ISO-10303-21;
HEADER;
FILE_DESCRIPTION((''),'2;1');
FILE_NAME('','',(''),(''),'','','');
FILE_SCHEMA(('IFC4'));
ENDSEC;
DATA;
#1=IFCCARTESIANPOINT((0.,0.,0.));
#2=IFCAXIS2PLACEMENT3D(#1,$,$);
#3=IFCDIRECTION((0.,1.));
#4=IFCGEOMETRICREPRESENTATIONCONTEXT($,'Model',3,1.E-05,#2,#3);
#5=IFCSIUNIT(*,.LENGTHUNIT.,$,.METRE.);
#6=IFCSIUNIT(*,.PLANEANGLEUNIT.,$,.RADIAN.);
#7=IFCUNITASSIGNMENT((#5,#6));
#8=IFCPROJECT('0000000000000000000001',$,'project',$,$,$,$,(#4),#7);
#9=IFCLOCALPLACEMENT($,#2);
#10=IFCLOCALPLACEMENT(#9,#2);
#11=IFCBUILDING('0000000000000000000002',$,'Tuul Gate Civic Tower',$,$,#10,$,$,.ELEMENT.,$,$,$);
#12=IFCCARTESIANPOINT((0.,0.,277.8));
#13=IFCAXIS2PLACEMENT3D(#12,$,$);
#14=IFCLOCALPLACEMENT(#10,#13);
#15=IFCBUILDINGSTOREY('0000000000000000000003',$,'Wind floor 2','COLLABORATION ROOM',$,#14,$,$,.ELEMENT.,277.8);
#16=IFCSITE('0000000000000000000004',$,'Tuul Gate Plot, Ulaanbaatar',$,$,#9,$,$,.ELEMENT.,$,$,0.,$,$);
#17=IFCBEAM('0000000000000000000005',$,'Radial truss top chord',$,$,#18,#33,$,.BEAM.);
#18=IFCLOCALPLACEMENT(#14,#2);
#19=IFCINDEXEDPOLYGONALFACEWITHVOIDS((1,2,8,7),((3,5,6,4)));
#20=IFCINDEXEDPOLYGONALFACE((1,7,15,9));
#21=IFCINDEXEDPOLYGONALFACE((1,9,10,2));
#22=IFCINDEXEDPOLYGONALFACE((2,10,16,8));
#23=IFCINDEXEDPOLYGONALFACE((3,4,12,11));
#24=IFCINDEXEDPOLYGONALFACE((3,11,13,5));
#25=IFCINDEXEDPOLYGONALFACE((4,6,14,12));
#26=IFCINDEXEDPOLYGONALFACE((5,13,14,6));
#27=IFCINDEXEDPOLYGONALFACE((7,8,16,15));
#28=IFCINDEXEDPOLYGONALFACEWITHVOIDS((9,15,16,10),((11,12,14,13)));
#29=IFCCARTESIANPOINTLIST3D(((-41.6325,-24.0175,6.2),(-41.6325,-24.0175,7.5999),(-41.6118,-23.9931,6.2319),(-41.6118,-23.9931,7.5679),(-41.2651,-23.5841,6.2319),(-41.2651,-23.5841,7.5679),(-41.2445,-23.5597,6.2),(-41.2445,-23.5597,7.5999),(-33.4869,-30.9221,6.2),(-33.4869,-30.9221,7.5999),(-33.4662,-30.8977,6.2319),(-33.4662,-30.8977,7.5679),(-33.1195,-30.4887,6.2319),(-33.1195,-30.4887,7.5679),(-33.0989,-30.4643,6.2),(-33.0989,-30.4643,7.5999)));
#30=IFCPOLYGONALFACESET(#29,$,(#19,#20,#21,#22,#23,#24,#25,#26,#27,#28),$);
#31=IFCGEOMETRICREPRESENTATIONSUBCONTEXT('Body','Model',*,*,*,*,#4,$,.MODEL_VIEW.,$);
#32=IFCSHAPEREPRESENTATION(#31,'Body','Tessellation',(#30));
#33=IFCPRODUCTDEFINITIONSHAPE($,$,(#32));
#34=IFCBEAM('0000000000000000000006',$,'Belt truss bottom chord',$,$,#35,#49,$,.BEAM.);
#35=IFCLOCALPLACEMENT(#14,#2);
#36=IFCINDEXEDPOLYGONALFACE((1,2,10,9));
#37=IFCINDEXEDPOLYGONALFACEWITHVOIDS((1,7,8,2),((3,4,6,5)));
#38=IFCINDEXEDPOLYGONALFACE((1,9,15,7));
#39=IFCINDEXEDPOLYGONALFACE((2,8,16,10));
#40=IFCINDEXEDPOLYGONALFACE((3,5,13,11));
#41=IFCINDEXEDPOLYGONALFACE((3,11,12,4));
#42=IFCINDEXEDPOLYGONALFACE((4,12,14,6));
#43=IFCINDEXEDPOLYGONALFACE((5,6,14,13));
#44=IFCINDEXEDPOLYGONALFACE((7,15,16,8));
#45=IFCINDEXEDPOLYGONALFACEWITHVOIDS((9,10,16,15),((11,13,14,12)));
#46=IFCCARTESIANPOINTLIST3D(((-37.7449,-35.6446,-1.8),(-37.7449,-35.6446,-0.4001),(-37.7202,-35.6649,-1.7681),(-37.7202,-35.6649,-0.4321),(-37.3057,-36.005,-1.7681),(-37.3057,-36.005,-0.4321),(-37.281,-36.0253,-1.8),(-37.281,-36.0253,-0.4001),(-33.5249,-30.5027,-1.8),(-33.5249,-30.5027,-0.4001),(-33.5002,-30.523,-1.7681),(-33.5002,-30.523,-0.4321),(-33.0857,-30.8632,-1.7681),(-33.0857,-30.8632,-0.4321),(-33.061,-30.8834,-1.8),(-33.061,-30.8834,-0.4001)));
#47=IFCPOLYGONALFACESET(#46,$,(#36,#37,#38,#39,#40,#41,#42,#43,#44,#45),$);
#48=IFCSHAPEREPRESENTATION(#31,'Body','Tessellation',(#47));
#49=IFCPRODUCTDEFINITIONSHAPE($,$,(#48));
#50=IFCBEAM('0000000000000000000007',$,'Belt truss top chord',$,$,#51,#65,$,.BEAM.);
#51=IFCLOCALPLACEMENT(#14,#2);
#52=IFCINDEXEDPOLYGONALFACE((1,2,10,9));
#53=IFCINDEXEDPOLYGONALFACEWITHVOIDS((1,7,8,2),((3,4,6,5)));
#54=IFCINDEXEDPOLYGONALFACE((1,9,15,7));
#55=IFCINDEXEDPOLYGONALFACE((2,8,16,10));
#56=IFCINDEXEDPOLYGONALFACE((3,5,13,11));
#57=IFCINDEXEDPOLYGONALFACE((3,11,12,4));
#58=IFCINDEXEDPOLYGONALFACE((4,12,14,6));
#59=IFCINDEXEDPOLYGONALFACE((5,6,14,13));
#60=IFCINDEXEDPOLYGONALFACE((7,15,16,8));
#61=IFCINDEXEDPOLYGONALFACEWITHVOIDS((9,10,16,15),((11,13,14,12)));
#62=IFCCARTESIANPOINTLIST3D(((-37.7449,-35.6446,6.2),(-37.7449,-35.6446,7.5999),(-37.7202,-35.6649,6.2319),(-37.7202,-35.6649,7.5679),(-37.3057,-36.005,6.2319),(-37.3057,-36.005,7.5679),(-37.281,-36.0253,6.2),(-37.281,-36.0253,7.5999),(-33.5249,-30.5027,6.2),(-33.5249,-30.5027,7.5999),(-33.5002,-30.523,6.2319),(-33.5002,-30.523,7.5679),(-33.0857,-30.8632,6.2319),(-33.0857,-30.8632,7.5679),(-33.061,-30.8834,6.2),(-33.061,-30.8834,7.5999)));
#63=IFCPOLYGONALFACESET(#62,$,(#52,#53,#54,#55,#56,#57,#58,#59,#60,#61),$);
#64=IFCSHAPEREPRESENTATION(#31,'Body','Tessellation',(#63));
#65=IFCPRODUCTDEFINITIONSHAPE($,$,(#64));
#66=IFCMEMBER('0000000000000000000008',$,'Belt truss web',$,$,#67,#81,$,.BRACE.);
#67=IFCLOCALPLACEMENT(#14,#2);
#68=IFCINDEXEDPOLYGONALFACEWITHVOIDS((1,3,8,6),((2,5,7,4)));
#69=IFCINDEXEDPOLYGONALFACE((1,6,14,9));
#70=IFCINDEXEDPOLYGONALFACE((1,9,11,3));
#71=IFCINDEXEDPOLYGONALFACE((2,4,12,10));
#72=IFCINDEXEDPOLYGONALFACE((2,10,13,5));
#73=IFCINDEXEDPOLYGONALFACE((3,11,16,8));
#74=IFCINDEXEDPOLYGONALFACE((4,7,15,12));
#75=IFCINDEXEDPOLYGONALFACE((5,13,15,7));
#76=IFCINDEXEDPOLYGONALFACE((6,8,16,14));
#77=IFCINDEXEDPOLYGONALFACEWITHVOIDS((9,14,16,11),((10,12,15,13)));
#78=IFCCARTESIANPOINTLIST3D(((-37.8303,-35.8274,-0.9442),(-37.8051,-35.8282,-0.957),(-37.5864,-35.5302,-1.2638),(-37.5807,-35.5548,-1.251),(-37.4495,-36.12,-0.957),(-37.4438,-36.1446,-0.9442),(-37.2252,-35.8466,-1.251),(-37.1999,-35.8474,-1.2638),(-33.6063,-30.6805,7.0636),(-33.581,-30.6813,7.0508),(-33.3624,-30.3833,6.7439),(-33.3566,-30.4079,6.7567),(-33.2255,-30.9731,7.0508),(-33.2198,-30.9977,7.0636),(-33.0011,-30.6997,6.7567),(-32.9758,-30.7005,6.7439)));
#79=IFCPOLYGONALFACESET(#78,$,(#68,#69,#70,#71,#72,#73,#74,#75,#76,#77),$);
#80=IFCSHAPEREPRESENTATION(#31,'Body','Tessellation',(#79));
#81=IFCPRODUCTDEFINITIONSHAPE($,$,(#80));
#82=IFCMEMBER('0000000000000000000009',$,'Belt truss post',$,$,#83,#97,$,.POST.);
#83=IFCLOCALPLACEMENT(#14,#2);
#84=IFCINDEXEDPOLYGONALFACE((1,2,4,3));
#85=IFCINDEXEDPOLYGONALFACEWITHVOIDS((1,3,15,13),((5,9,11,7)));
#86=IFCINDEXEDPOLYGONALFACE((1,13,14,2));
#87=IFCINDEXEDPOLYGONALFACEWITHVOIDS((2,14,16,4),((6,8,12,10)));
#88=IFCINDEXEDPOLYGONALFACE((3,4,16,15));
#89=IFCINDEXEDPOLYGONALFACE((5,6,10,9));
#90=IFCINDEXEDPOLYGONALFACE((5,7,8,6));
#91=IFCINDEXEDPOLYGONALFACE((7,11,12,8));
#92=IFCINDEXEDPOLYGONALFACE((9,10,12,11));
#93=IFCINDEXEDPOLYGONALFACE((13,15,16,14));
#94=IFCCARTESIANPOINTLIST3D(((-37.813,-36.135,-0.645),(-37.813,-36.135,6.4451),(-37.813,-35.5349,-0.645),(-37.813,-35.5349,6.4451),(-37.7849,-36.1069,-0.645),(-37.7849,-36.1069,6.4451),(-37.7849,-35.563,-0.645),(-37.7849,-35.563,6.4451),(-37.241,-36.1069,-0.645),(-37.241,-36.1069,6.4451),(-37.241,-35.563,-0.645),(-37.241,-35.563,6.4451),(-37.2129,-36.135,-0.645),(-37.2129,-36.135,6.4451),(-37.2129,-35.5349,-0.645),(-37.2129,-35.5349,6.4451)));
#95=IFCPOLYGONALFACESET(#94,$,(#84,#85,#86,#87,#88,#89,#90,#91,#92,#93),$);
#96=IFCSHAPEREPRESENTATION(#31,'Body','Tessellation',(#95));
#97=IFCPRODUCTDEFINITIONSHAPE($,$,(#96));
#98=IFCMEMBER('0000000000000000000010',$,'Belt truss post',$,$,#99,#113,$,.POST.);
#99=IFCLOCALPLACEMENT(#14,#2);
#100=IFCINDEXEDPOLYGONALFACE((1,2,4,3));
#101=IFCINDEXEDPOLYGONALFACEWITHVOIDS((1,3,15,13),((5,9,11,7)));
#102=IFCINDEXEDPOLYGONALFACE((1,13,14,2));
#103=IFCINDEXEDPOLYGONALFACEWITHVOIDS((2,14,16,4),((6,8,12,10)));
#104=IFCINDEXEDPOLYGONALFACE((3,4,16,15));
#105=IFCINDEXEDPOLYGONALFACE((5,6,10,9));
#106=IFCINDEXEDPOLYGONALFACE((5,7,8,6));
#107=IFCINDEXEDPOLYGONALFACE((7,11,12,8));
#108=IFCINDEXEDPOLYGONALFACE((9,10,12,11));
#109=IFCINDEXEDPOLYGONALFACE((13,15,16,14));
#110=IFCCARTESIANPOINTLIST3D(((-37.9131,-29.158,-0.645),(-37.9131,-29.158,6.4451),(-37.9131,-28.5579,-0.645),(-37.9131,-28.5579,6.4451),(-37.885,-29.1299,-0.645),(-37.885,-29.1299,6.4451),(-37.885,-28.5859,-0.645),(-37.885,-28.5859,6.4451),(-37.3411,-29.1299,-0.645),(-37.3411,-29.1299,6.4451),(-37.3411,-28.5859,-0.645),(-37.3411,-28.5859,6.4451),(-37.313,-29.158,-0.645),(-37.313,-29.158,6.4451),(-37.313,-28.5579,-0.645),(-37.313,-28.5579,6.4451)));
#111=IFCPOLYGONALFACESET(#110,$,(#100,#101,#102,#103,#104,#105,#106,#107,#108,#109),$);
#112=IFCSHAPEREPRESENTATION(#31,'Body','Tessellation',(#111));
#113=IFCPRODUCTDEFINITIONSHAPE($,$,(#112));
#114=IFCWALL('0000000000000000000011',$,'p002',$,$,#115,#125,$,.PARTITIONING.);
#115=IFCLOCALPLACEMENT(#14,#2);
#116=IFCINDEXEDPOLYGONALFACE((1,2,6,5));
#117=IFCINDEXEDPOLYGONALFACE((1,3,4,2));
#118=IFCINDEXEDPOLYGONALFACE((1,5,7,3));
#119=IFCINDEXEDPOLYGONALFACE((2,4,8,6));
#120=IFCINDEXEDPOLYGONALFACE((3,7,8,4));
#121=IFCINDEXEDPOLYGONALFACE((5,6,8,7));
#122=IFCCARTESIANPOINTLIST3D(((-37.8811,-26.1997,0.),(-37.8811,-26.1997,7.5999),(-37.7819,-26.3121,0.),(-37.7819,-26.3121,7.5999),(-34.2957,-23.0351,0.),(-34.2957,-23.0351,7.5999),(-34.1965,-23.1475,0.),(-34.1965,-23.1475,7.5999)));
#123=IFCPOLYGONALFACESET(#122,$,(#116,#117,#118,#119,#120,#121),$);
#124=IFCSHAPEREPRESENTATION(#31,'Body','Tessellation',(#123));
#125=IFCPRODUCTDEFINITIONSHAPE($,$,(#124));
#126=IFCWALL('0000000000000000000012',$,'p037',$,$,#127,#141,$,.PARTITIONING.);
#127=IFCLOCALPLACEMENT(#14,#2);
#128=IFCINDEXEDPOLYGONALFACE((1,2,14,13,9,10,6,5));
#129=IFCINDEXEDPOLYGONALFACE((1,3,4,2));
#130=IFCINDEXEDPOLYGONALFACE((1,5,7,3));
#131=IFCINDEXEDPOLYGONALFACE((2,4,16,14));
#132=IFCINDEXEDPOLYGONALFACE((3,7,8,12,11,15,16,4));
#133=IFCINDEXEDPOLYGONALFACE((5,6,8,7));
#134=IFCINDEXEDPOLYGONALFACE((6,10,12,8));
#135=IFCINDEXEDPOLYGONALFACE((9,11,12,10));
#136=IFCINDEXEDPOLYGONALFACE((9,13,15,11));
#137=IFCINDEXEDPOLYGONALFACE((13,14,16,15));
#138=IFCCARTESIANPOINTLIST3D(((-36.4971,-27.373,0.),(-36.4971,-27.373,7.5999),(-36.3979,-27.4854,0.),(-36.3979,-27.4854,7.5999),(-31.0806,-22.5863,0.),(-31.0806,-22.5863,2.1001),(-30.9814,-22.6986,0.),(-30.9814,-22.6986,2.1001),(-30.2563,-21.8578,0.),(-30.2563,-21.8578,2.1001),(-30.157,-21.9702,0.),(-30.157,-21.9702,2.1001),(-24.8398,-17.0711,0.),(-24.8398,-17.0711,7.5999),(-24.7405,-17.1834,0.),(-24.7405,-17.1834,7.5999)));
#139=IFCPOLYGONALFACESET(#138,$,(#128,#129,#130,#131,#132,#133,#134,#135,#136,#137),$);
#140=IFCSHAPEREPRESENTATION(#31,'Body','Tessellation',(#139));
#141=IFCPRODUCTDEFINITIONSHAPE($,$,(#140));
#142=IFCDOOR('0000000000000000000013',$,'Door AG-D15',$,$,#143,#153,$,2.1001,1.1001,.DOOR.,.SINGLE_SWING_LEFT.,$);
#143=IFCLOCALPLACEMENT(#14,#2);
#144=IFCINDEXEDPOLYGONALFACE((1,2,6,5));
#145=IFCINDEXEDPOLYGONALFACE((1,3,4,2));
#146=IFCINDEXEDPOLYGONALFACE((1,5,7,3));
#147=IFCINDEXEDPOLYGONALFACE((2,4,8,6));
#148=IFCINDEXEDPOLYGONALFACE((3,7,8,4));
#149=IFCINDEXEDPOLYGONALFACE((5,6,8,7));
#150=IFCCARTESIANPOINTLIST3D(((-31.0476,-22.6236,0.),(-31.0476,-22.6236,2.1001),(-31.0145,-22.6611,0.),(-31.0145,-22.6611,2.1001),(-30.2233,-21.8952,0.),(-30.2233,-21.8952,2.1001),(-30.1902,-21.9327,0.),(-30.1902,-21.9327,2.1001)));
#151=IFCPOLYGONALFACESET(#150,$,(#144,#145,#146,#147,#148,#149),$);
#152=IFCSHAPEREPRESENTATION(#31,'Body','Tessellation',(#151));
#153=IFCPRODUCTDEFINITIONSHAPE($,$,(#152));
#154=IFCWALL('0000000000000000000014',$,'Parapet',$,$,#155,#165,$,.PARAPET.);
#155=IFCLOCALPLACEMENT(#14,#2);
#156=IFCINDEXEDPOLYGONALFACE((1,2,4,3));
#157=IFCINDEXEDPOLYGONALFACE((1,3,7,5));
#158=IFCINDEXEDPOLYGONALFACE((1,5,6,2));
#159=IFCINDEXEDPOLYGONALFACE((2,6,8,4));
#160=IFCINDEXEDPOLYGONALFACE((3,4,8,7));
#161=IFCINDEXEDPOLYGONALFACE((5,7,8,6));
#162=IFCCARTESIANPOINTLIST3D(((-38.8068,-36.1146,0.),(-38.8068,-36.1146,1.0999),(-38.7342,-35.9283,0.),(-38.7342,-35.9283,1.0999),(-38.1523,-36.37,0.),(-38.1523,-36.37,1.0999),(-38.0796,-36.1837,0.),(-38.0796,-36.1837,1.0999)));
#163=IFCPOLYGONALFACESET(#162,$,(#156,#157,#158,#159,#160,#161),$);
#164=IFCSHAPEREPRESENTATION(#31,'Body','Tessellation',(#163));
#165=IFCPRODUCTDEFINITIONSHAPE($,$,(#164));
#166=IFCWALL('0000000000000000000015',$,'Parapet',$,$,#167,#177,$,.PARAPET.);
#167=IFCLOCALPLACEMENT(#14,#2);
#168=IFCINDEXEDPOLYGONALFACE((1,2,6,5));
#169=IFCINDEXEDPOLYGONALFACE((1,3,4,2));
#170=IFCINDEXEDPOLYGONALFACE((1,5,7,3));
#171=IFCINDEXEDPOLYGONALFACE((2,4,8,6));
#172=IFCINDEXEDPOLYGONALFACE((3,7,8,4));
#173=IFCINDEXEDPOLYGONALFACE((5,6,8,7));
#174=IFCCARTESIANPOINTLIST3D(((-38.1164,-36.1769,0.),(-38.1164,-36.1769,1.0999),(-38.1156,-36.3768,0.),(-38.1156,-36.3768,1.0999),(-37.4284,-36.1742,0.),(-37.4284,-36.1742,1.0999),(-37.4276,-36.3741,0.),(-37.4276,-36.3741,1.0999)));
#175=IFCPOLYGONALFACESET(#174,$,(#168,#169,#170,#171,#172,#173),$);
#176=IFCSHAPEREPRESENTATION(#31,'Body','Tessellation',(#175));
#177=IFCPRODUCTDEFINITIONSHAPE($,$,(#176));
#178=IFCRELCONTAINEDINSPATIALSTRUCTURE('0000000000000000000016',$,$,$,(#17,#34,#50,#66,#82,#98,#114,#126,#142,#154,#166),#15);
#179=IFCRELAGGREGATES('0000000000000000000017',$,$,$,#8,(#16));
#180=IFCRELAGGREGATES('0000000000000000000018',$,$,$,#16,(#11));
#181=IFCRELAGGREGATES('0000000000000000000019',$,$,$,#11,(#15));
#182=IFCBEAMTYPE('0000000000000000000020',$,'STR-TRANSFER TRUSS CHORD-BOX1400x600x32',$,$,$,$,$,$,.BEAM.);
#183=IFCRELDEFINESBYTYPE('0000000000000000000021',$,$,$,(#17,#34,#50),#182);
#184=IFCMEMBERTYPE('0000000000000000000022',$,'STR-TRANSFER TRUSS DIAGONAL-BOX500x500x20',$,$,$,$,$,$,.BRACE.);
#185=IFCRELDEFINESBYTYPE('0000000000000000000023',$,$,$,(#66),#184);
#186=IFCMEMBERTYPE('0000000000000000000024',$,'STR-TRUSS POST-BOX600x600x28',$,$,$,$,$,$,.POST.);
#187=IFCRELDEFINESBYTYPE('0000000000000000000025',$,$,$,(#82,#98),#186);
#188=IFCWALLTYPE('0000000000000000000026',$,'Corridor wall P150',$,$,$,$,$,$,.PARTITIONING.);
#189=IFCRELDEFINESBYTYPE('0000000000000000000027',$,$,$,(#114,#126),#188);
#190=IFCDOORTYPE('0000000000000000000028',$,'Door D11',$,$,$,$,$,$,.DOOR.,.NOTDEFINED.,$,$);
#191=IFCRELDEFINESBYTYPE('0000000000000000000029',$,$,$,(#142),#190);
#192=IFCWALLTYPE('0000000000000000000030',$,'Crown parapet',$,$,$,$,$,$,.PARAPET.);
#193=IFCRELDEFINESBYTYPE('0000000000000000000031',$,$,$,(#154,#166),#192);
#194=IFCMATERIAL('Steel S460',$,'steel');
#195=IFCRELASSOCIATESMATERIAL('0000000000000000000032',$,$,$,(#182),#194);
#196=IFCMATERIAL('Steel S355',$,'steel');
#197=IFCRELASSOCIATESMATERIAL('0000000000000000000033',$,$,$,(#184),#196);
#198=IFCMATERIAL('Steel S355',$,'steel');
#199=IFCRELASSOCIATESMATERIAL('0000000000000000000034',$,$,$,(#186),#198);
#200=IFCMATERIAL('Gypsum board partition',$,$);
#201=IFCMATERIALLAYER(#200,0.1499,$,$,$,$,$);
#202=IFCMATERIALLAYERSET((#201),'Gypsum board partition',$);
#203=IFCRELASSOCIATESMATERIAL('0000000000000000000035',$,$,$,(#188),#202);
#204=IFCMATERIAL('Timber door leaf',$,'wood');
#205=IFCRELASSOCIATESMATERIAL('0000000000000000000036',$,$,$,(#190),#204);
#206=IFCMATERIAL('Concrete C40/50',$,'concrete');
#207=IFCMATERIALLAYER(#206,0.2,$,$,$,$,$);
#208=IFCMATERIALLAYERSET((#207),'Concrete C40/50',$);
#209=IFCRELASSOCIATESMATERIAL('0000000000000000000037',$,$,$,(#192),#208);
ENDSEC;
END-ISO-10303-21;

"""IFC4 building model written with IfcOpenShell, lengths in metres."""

from ifc_helpers import new_model, si_unit, direction, frame, frame_2d, origin, origin_2d, place, context, subcontext, project, spatial, rectangle, hollow_rectangle, extrude, material, layer, layer_set, material_profile, profile_set, type_object, element, fill, save


model = new_model("IFC4")

# Units and contexts
model_context = context("Model", 3, precision=1e-05, world=origin(), true_north=direction((0.0, 1.0)))
body_context = subcontext(model_context, "Body", "Model", "MODEL_VIEW")
ifc_project = project(units=[si_unit("LENGTHUNIT", "METRE"), si_unit("PLANEANGLEUNIT", "RADIAN")], contexts=[model_context])

# Site, building, storey
site_placement = place(None, origin())
site = spatial("IfcSite", under=ifc_project, at=site_placement, Name="Tuul Gate Plot, Ulaanbaatar", CompositionType="ELEMENT", RefElevation=0.0)
building_placement = place(site_placement, origin())
building = spatial("IfcBuilding", under=site, at=building_placement, Name="Tuul Gate Civic Tower", CompositionType="ELEMENT")
storey_placement = place(building_placement, frame((0.0, 0.0, 277.8)))
storey = spatial("IfcBuildingStorey", under=building, at=storey_placement, Name="Wind floor 2", Description="COLLABORATION ROOM", CompositionType="ELEMENT", Elevation=277.8)

# Beams
ifc_material_1 = material(Name="Steel S460", Category="steel")
ifc_material_profile_1 = material_profile(ifc_material_1, hollow_rectangle(XDim=0.6001, YDim=1.3999, WallThickness=0.032, at=origin_2d()), Name="BOX1400x600x32")
ifc_profile_set_1 = profile_set([ifc_material_profile_1], Name="Steel S460")
beam_type = type_object("IfcBeamType", Name="STR-TRANSFER TRUSS CHORD-BOX1400x600x32", PredefinedType="BEAM", material=ifc_profile_set_1)
beam_placement = place(storey_placement, frame((-41.4385, -23.7886, 6.8999), z_axis=(0.762823, -0.646607, 0.0), x_axis=(0.646607, 0.762823, 0.0)))
element("IfcBeam", 1, at=beam_placement, inside=storey, type_object=beam_type, Name="Radial truss top chord", PredefinedType="BEAM", context=body_context, shape_type="SweptSolid", body=[
    extrude(hollow_rectangle(XDim=0.6001, YDim=1.3999, WallThickness=0.032, at=origin_2d()), origin(), (0.0, 0.0, 1.0), 10.6782),
])
for number, where, z_axis, x_axis, name in (
    (2, (-37.5129, -35.835, -1.1001), (0.634408, 0.772998, 0.0), (-0.772998, 0.634408, 0.0), "Belt truss bottom chord"),
    (3, (-37.5129, -35.835, 6.8999), (0.634408, 0.772998, 0.0), (-0.772998, 0.634408, 0.0), "Belt truss top chord"),
):
    element("IfcBeam", number, at=place(storey_placement, frame(where, z_axis=z_axis, x_axis=x_axis)), inside=storey, type_object=beam_type, Name=name, PredefinedType="BEAM", context=body_context, shape_type="SweptSolid", body=[
        extrude(hollow_rectangle(XDim=0.6001, YDim=1.3999, WallThickness=0.032, at=origin_2d()), origin(), (0.0, 0.0, 1.0), 6.6519),
    ])

# Members
ifc_material_2 = material(Name="Steel S355", Category="steel")
ifc_material_profile_2 = material_profile(ifc_material_2, hollow_rectangle(XDim=0.5, YDim=0.5, WallThickness=0.02, at=origin_2d()), Name="BOX500x500x20")
ifc_profile_set_2 = profile_set([ifc_material_profile_2], Name="Steel S355")
member_type_1 = type_object("IfcMemberType", Name="STR-TRANSFER TRUSS DIAGONAL-BOX500x500x20", PredefinedType="BRACE", material=ifc_profile_set_2)
member_placement = place(storey_placement, frame((-37.5151, -35.8374, -1.104), z_axis=(0.405604, 0.494217, 0.768918), x_axis=(-0.773002, 0.634403, 0.0)))
element("IfcMember", 4, at=member_placement, inside=storey, type_object=member_type_1, Name="Belt truss web", PredefinedType="BRACE", context=body_context, shape_type="SweptSolid", body=[
    extrude(hollow_rectangle(XDim=0.5, YDim=0.5, WallThickness=0.02, at=origin_2d()), origin(), (0.0, 0.0, 1.0), 10.4143),
])
ifc_material_3 = material(Name="Steel S355", Category="steel")
ifc_material_profile_3 = material_profile(ifc_material_3, hollow_rectangle(XDim=0.6001, YDim=0.6001, WallThickness=0.0281, at=origin_2d()), Name="BOX600x600x28")
ifc_profile_set_3 = profile_set([ifc_material_profile_3], Name="Steel S355")
member_type_2 = type_object("IfcMemberType", Name="STR-TRUSS POST-BOX600x600x28", PredefinedType="POST", material=ifc_profile_set_3)
for number, where, z_axis, x_axis, name in (
    (5, (-37.5129, -35.835, -0.645), (0.0, 0.0, 1.0), (1.0, 0.0, 0.0), "Belt truss post"),
    (6, (-37.613, -28.8579, -0.645), (0.0, 0.0, 1.0), (1.0, 0.0, 0.0), "Belt truss post"),
):
    element("IfcMember", number, at=place(storey_placement, frame(where, z_axis=z_axis, x_axis=x_axis)), inside=storey, type_object=member_type_2, Name=name, PredefinedType="POST", context=body_context, shape_type="SweptSolid", body=[
        extrude(hollow_rectangle(XDim=0.6001, YDim=0.6001, WallThickness=0.0281, at=origin_2d()), origin(), (0.0, 0.0, 1.0), 7.0901),
    ])

# Wall
ifc_material_4 = material(Name="Gypsum board partition")
ifc_layer_1 = layer(ifc_material_4, 0.1499)
ifc_layer_set_1 = layer_set([ifc_layer_1], Name="Gypsum board partition")
wall_type_1 = type_object("IfcWallType", Name="Corridor wall P150", PredefinedType="PARTITIONING", material=ifc_layer_set_1)
wall_1_placement = place(storey_placement, frame((-37.8315, -26.2559, 0.0), z_axis=(0.0, 0.0, 1.0), x_axis=(0.749742, 0.66173, 0.0)))
element("IfcWall", 7, at=wall_1_placement, inside=storey, type_object=wall_type_1, Name="p002", PredefinedType="PARTITIONING", context=body_context, shape_type="SweptSolid", body=[
    extrude(rectangle(XDim=4.7822, YDim=0.1499, at=frame_2d((2.3911, 0.0))), origin(), (0.0, 0.0, 1.0), 7.5999),
])

# Wall, opening, door
wall_2_placement = place(storey_placement, frame((-36.4475, -27.4292, 0.0), z_axis=(0.0, 0.0, 1.0), x_axis=(0.749327, 0.6622, 0.0)))
wall_2 = element("IfcWall", 8, at=wall_2_placement, inside=storey, type_object=wall_type_1, Name="p037", PredefinedType="PARTITIONING", context=body_context, shape_type="SweptSolid", body=[
    extrude(rectangle(XDim=15.5571, YDim=0.1499, at=frame_2d((7.7786, 0.0))), origin(), (0.0, 0.0, 1.0), 7.5999),
])
opening_placement = place(wall_2_placement, frame((7.2285, 0.0, 0.0)))
opening = element("IfcOpeningElement", 9, at=opening_placement, cuts=wall_2, PredefinedType="OPENING", context=body_context, shape_type="SweptSolid", body=[
    extrude(rectangle(XDim=1.1001, YDim=2.1001, at=frame_2d((0.55, 1.05))), frame((0.0, 0.085, 0.0), z_axis=(0.0, -1.0, 0.0), x_axis=(1.0, 0.0, 0.0)), (0.0, 0.0, 1.0), 0.1699),
])
ifc_material_5 = material(Name="Timber door leaf", Category="wood")
door_type = type_object("IfcDoorType", Name="Door D11", OperationType="NOTDEFINED", PredefinedType="DOOR", material=ifc_material_5)
door_placement = place(opening_placement, frame((1.1001, 0.0, 0.0), z_axis=(0.0, 0.0, 1.0), x_axis=(-1.0, 0.0, 0.0)))
door = element("IfcDoor", 10, at=door_placement, inside=storey, type_object=door_type, Name="Door AG-D15", OperationType="SINGLE_SWING_LEFT", OverallHeight=2.1001, OverallWidth=1.1001, PredefinedType="DOOR", context=body_context, shape_type="SweptSolid", body=[
    extrude(rectangle(XDim=1.1001, YDim=2.1001, at=frame_2d((0.55, 1.05))), frame((0.0, 0.0249, 0.0), z_axis=(0.0, -1.0, 0.0), x_axis=(1.0, 0.0, 0.0)), (0.0, 0.0, 1.0), 0.05),
])
fill(opening, door)

# Walls
ifc_material_6 = material(Name="Concrete C40/50", Category="concrete")
ifc_layer_2 = layer(ifc_material_6, 0.2)
ifc_layer_set_2 = layer_set([ifc_layer_2], Name="Concrete C40/50")
wall_type_2 = type_object("IfcWallType", Name="Crown parapet", PredefinedType="PARAPET", material=ifc_layer_set_2)
wall_3_placement = place(storey_placement, frame((-38.7705, -36.0215, 0.0), z_axis=(0.0, 0.0, 1.0), x_axis=(0.931606, -0.363469, 0.0)))
element("IfcWall", 11, at=wall_3_placement, inside=storey, type_object=wall_type_2, Name="Parapet", PredefinedType="PARAPET", context=body_context, shape_type="SweptSolid", body=[
    extrude(rectangle(XDim=0.7026, YDim=0.2, at=frame_2d((0.3513, 0.0))), origin(), (0.0, 0.0, 1.0), 1.0999),
])
wall_4_placement = place(storey_placement, frame((-38.116, -36.2769, 0.0), z_axis=(0.0, 0.0, 1.0), x_axis=(0.999992, 0.003903, 0.0)))
element("IfcWall", 12, at=wall_4_placement, inside=storey, type_object=wall_type_2, Name="Parapet", PredefinedType="PARAPET", context=body_context, shape_type="SweptSolid", body=[
    extrude(rectangle(XDim=0.688, YDim=0.2, at=frame_2d((0.344, 0.0))), origin(), (0.0, 0.0, 1.0), 1.0999),
])

save(model, "model.ifc")
